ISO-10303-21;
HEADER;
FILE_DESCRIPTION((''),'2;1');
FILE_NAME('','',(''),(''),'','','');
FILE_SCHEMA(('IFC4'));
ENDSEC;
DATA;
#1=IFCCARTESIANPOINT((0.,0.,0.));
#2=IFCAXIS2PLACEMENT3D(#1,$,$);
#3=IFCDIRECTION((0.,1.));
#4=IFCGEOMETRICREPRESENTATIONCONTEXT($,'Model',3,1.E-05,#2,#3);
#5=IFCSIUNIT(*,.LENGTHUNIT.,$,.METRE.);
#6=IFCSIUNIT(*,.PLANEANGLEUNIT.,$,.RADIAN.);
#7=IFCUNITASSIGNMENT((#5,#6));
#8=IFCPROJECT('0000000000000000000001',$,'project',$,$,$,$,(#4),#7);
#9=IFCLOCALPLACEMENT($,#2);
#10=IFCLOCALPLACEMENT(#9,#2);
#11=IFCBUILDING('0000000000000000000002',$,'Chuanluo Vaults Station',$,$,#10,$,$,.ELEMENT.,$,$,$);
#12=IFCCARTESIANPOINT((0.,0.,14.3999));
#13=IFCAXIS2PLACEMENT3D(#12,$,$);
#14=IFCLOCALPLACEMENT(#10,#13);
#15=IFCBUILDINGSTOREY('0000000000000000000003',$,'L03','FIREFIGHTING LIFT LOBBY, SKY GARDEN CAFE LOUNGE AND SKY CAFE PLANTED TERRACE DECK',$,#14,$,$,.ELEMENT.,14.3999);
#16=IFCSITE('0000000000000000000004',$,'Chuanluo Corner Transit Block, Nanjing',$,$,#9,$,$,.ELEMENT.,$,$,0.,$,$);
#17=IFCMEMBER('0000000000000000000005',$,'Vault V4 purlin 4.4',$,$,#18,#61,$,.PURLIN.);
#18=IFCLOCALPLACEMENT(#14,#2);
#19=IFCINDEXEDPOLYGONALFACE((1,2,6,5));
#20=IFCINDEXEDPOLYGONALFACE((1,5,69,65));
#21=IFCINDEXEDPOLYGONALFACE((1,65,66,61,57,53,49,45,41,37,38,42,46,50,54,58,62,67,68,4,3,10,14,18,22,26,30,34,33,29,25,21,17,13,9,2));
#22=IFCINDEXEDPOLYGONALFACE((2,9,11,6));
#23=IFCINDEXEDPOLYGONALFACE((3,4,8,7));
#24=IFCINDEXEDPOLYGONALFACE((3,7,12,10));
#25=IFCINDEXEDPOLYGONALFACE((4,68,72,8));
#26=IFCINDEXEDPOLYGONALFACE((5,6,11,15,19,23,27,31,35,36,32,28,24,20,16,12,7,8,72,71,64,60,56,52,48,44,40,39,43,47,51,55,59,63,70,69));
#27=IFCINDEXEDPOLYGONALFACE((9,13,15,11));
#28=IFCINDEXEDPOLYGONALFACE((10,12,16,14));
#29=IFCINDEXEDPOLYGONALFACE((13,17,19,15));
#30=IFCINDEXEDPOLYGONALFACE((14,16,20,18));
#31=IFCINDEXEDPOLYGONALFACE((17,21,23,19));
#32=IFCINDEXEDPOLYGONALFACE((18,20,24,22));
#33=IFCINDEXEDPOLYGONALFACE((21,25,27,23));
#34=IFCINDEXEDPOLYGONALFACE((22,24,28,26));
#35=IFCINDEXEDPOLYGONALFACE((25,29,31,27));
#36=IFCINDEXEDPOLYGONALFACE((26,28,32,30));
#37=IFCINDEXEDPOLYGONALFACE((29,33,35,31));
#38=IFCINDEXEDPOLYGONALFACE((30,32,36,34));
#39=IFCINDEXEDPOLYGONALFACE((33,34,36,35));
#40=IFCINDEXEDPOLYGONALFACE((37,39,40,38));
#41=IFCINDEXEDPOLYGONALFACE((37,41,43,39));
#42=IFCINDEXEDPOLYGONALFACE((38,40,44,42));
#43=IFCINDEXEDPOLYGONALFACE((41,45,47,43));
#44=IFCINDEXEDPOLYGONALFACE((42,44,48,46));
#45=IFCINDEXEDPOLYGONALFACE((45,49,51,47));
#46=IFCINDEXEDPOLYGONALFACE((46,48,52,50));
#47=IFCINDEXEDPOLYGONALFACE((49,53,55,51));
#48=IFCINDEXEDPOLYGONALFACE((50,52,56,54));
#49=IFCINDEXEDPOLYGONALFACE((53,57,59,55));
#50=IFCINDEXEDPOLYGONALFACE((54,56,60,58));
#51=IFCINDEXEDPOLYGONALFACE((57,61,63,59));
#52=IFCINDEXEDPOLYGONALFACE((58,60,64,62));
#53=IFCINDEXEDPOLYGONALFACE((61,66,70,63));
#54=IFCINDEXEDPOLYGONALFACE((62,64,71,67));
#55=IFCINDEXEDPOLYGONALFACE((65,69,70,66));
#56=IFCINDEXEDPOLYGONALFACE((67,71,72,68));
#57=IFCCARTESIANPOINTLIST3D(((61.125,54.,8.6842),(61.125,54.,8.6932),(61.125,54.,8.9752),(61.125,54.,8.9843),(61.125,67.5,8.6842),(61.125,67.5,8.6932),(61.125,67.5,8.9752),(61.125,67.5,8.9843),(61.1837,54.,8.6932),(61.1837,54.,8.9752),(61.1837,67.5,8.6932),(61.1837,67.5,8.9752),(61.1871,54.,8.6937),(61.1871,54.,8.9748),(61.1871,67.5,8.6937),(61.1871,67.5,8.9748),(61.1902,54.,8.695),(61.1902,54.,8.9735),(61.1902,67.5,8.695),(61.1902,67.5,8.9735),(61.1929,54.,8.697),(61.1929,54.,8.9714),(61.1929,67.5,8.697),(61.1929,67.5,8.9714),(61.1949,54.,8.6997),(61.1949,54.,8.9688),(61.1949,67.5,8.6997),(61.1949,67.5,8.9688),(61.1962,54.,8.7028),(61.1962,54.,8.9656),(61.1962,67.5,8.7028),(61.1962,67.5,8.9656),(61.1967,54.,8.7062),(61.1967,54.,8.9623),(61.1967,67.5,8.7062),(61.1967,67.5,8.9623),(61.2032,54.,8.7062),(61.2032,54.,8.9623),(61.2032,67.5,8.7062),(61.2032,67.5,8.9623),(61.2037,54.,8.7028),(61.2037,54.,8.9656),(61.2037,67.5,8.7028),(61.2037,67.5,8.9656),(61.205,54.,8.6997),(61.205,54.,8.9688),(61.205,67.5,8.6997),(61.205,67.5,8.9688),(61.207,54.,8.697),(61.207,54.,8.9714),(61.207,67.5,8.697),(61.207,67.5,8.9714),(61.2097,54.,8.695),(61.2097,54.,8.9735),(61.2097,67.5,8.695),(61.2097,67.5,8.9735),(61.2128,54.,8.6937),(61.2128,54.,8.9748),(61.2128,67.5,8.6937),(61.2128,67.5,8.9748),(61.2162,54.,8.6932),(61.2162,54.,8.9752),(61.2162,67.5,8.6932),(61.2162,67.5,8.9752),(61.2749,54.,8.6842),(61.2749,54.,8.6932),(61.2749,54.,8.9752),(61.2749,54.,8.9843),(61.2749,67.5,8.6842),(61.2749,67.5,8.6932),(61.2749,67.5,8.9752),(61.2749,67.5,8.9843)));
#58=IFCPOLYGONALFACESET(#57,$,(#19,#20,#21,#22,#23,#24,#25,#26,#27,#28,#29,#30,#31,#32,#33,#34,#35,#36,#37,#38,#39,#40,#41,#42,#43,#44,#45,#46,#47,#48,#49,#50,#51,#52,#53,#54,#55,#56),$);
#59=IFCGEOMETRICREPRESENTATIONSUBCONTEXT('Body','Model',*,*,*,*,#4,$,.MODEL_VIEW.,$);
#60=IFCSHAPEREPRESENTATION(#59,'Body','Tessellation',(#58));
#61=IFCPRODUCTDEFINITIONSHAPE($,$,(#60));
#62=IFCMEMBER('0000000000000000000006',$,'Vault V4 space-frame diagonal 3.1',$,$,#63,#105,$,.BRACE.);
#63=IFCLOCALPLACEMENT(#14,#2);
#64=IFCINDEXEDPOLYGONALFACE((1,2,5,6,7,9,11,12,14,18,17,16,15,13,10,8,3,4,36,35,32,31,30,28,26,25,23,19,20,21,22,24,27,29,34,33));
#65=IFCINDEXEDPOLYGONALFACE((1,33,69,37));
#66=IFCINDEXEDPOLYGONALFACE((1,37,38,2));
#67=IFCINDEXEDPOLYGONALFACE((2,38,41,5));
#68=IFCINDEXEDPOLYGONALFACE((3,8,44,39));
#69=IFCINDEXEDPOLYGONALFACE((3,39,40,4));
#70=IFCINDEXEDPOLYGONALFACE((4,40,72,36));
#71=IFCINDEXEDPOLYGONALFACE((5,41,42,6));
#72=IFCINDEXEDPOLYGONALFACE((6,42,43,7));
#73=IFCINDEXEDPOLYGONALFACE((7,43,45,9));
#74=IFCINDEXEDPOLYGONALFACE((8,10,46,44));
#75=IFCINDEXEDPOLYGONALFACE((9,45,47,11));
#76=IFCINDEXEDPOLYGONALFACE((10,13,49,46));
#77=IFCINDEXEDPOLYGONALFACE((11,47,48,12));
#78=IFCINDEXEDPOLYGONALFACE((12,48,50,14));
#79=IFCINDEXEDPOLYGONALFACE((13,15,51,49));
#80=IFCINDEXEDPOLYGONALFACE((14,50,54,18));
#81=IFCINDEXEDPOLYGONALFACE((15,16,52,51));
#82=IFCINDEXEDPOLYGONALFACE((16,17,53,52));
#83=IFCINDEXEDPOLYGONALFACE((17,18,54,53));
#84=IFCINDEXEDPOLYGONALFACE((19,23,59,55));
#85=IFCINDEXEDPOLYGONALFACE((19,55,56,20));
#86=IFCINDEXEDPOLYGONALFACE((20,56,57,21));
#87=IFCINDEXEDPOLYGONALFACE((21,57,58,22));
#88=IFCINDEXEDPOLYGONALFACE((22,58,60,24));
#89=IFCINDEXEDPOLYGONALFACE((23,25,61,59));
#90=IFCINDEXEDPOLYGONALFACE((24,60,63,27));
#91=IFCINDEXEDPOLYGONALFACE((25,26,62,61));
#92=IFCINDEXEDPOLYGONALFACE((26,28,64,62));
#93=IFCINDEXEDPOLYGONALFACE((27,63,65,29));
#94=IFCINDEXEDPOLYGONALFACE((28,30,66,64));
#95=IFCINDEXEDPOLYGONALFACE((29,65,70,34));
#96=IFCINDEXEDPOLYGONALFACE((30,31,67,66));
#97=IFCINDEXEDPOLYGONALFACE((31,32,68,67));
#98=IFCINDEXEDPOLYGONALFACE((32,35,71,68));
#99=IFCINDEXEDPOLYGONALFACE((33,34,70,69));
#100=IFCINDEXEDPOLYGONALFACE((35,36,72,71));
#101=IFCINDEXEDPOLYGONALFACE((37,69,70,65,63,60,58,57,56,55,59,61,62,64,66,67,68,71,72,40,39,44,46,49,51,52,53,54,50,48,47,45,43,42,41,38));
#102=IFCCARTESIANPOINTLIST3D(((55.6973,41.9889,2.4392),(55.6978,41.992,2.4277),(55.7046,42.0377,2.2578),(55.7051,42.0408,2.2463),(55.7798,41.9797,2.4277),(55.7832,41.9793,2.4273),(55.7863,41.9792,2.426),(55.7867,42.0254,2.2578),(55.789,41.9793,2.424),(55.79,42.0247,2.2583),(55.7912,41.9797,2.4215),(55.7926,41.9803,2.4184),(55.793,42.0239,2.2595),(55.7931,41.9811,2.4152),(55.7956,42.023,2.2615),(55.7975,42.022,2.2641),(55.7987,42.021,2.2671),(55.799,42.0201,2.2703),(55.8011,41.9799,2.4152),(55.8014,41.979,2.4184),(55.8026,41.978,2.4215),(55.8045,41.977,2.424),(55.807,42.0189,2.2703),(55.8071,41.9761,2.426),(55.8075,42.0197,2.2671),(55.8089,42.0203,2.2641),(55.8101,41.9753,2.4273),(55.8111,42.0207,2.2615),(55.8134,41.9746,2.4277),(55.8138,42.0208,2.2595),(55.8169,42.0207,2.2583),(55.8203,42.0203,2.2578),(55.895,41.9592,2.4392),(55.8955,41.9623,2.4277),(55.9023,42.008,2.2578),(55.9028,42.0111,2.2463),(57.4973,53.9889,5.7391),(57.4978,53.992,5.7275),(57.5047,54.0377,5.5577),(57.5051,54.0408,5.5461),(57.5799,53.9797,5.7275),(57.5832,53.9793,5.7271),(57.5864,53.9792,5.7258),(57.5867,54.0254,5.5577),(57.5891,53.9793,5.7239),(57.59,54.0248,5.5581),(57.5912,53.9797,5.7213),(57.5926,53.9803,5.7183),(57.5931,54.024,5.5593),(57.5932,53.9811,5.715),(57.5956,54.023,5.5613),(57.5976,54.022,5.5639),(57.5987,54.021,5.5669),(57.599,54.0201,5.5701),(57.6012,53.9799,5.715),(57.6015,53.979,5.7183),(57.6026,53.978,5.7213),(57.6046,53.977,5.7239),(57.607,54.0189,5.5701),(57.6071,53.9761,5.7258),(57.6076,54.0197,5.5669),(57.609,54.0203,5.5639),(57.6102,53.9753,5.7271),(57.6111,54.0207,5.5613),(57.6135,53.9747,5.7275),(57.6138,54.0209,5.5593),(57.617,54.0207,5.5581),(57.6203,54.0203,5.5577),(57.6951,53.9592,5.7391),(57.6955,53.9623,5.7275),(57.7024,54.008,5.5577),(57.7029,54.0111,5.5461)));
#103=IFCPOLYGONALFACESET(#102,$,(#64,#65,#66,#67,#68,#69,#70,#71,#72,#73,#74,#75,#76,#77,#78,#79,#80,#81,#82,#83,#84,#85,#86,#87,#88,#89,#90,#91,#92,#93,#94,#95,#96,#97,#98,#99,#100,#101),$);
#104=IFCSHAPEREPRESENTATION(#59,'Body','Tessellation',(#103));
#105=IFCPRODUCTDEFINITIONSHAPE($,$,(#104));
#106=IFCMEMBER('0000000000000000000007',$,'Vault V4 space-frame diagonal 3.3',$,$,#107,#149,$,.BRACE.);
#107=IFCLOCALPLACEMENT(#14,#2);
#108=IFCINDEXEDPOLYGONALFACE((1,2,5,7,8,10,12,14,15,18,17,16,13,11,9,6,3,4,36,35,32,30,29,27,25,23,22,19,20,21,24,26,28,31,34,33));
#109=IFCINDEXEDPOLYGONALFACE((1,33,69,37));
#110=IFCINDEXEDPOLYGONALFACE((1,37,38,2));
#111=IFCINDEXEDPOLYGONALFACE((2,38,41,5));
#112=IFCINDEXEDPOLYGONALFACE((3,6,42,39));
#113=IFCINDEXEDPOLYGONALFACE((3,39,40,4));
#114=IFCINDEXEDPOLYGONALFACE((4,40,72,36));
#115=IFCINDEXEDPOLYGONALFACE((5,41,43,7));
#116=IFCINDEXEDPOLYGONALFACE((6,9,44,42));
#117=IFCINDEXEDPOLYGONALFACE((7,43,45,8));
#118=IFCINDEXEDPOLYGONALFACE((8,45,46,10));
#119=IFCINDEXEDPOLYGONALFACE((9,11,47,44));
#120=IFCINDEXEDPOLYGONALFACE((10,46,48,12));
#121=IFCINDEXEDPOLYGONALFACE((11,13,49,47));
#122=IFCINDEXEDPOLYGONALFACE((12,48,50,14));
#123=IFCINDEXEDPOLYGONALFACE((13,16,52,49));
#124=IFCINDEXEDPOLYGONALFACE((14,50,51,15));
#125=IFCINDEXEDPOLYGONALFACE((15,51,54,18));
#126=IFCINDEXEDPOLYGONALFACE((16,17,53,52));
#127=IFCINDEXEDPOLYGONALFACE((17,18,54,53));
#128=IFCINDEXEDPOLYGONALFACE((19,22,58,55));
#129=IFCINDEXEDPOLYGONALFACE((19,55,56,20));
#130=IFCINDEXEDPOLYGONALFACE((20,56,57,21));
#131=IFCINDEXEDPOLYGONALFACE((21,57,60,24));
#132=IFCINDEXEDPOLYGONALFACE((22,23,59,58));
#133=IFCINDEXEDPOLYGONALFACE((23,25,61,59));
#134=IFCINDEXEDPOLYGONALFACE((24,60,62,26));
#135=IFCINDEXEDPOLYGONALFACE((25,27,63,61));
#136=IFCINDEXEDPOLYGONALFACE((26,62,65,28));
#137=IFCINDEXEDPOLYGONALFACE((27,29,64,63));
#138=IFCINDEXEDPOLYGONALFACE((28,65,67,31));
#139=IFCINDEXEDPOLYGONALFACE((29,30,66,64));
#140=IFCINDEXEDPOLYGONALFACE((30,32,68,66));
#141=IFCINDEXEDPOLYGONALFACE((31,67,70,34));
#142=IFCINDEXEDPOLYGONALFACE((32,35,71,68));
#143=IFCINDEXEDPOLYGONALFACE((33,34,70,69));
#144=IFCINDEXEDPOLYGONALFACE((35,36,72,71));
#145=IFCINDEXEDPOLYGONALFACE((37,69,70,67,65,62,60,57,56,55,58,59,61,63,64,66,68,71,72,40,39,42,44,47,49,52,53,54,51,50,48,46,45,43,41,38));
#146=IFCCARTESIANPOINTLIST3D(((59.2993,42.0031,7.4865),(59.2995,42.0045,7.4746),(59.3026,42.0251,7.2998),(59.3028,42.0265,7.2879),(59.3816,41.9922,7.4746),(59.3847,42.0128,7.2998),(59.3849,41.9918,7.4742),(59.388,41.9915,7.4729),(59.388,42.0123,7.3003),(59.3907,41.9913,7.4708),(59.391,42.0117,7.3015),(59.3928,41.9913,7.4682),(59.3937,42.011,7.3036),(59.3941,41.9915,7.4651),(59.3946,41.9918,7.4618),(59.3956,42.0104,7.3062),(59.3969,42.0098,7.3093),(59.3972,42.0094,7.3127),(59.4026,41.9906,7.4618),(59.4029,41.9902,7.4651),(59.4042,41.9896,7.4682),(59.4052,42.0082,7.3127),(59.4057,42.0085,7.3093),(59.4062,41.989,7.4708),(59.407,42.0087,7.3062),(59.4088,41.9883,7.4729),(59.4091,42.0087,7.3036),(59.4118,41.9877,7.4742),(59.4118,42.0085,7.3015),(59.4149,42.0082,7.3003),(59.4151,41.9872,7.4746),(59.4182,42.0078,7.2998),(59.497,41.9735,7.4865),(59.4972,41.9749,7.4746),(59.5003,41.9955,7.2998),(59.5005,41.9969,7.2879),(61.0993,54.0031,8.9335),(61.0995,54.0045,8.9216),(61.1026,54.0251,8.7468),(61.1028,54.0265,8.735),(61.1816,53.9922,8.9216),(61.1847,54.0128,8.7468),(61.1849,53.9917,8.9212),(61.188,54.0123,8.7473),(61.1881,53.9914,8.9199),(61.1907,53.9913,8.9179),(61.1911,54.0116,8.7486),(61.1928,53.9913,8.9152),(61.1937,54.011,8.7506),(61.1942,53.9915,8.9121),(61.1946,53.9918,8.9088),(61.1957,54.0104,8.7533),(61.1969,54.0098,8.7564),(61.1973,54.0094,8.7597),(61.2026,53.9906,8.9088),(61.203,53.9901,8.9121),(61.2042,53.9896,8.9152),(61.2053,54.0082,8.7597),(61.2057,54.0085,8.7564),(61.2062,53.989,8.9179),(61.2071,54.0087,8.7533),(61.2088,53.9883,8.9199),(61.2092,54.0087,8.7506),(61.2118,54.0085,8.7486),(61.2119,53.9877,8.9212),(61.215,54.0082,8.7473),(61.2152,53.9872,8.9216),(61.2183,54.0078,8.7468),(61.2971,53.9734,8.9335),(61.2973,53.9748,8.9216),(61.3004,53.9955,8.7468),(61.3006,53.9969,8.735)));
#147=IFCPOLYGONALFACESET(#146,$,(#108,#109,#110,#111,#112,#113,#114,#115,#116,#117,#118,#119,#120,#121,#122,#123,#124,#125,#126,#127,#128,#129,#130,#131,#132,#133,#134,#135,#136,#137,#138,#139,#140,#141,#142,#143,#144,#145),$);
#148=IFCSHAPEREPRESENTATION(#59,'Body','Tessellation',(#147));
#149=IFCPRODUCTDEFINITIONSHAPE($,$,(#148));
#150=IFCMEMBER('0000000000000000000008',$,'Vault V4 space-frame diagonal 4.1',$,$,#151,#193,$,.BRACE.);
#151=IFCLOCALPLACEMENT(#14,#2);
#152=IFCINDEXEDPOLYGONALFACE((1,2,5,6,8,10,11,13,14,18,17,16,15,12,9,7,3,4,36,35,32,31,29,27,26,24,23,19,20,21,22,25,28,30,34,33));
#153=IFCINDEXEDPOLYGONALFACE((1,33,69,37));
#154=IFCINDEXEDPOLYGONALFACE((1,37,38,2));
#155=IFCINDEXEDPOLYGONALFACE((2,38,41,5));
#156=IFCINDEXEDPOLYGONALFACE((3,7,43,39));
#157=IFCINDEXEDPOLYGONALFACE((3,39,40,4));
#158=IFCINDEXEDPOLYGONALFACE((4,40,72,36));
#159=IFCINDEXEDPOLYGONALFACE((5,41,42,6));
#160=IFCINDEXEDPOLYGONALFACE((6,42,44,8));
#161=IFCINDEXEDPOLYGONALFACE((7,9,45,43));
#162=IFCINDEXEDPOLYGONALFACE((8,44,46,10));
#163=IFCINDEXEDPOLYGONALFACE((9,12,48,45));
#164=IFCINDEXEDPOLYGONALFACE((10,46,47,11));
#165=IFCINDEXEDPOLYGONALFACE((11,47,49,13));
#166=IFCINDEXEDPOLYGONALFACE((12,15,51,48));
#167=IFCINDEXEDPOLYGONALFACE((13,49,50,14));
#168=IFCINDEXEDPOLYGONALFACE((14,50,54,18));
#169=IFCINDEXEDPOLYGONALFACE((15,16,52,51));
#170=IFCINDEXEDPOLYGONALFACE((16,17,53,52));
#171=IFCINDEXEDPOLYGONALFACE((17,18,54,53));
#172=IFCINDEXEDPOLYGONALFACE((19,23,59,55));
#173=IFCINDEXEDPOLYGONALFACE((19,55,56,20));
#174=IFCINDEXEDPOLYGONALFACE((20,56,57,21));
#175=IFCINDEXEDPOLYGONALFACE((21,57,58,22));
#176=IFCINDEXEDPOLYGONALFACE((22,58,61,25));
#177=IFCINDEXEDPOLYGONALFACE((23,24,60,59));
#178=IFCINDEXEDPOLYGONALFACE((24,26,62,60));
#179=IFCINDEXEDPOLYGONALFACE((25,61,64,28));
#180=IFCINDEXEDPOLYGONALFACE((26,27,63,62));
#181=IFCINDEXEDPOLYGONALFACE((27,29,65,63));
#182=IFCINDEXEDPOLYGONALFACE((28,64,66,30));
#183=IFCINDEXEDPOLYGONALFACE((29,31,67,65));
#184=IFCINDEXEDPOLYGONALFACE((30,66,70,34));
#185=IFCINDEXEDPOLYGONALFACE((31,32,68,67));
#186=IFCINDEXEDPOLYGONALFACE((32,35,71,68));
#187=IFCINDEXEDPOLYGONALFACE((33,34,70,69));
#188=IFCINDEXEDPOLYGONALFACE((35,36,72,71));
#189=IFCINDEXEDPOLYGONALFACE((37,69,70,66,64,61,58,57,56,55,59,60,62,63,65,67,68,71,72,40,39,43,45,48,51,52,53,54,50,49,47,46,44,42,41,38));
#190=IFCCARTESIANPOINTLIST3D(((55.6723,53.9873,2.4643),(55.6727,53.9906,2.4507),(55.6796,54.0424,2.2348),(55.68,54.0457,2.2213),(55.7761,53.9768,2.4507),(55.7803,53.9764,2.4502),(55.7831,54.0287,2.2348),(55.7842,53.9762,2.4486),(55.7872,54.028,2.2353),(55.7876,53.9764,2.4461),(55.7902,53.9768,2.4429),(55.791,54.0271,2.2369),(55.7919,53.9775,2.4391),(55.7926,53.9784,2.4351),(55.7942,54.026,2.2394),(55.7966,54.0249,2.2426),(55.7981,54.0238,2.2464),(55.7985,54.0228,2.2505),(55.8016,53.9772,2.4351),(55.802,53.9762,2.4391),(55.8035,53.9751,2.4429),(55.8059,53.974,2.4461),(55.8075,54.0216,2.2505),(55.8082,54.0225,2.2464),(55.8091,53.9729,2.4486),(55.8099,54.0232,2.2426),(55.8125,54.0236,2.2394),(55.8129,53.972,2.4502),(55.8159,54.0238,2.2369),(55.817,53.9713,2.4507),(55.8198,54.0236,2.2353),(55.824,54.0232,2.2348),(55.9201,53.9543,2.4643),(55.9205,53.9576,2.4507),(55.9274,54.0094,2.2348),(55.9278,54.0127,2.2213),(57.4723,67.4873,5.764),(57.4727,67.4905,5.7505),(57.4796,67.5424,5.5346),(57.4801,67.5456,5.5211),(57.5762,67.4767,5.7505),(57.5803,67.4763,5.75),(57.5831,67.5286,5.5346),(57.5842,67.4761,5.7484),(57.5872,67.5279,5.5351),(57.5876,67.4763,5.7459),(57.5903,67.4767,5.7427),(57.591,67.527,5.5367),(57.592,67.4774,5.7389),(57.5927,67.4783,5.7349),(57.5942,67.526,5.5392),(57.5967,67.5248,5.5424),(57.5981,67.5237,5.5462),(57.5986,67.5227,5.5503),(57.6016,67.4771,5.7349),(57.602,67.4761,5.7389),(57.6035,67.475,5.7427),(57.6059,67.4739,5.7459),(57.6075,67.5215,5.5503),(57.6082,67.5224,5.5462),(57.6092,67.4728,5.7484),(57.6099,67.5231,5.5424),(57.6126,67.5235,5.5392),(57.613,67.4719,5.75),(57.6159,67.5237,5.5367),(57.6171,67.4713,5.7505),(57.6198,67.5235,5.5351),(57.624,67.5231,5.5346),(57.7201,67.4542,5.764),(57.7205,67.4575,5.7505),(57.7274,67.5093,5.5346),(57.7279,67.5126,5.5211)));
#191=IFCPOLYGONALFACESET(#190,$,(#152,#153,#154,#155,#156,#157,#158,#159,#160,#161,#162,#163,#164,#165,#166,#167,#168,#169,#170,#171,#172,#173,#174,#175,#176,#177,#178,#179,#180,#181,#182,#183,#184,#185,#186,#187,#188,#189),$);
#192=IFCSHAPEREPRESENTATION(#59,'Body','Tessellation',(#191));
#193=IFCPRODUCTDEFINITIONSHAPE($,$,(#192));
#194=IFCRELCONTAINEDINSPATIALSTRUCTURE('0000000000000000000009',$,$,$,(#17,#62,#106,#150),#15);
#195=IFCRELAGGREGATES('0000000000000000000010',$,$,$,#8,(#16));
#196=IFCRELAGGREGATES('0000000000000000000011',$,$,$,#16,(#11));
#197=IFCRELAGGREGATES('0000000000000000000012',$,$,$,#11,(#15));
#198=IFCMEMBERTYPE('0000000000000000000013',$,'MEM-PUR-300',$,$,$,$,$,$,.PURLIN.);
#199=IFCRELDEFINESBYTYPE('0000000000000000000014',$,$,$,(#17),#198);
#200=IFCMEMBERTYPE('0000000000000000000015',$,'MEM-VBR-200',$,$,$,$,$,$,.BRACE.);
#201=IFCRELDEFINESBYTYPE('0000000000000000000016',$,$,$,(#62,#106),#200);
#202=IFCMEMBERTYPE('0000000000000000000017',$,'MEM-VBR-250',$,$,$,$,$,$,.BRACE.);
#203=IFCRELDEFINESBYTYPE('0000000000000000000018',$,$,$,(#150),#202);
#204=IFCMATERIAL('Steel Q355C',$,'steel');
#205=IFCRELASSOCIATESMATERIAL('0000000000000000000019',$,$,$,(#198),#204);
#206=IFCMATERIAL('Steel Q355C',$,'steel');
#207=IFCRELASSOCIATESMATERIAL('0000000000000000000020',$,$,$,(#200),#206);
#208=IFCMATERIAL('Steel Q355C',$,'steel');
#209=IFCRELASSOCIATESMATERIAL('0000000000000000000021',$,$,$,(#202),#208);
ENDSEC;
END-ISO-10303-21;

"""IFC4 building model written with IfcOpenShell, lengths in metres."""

from ifc_helpers import new_model, si_unit, direction, frame, origin, origin_2d, place, context, subcontext, project, spatial, i_section, extrude, material, material_profile, profile_set, type_object, element, save


model = new_model("IFC4")

# Units and contexts
model_context = context("Model", 3, precision=1e-05, world=origin(), true_north=direction((0.0, 1.0)))
body_context = subcontext(model_context, "Body", "Model", "MODEL_VIEW")
ifc_project = project(units=[si_unit("LENGTHUNIT", "METRE"), si_unit("PLANEANGLEUNIT", "RADIAN")], contexts=[model_context])

# Site, building, storey
site_placement = place(None, origin())
site = spatial("IfcSite", under=ifc_project, at=site_placement, Name="Chuanluo Corner Transit Block, Nanjing", CompositionType="ELEMENT", RefElevation=0.0)
building_placement = place(site_placement, origin())
building = spatial("IfcBuilding", under=site, at=building_placement, Name="Chuanluo Vaults Station", CompositionType="ELEMENT")
storey_placement = place(building_placement, frame((0.0, 0.0, 14.3999)))
storey = spatial("IfcBuildingStorey", under=building, at=storey_placement, Name="L03", Description="FIREFIGHTING LIFT LOBBY, SKY GARDEN CAFE LOUNGE AND SKY CAFE PLANTED TERRACE DECK", CompositionType="ELEMENT", Elevation=14.3999)

# Members
ifc_material_1 = material(Name="Steel Q355C", Category="steel")
ifc_material_profile_1 = material_profile(ifc_material_1, i_section(OverallWidth=0.1499, OverallDepth=0.3, WebThickness=0.0066, FlangeThickness=0.009, FilletRadius=0.0129, at=origin_2d()))
ifc_profile_set_1 = profile_set([ifc_material_profile_1], Name="Steel Q355C")
member_type_1 = type_object("IfcMemberType", Name="MEM-PUR-300", PredefinedType="PURLIN", material=ifc_profile_set_1)
member_1_placement = place(storey_placement, frame((61.2, 54.0, 8.8342), z_axis=(0.0, 1.0, 0.0), x_axis=(-1.0, 0.0, 0.0)))
element("IfcMember", 1, at=member_1_placement, inside=storey, type_object=member_type_1, Name="Vault V4 purlin 4.4", PredefinedType="PURLIN", context=body_context, shape_type="SweptSolid", body=[
    extrude(i_section(OverallWidth=0.1499, OverallDepth=0.3, WebThickness=0.0066, FlangeThickness=0.009, FilletRadius=0.0129, at=origin_2d()), origin(), (0.0, 0.0, 1.0), 13.5),
])
ifc_material_2 = material(Name="Steel Q355C", Category="steel")
ifc_material_profile_2 = material_profile(ifc_material_2, i_section(OverallWidth=0.2, OverallDepth=0.2, WebThickness=0.0081, FlangeThickness=0.012, FilletRadius=0.0129, at=origin_2d()))
ifc_profile_set_2 = profile_set([ifc_material_profile_2], Name="Steel Q355C")
member_type_2 = type_object("IfcMemberType", Name="MEM-VBR-200", PredefinedType="BRACE", material=ifc_profile_set_2)
member_2_placement = place(storey_placement, frame((55.8, 42.0, 2.3428), z_axis=(0.143146, 0.95428, 0.262411), x_axis=(-0.988936, 0.148344, 0.0)))
element("IfcMember", 2, at=member_2_placement, inside=storey, type_object=member_type_2, Name="Vault V4 space-frame diagonal 3.1", PredefinedType="BRACE", context=body_context, shape_type="SweptSolid", body=[
    extrude(i_section(OverallWidth=0.2, OverallDepth=0.2, WebThickness=0.0081, FlangeThickness=0.012, FilletRadius=0.0129, at=origin_2d()), origin(), (0.0, 0.0, 1.0), 12.575),
])
member_3_placement = place(storey_placement, frame((59.3999, 42.0, 7.3872), z_axis=(0.147301, 0.981978, 0.118412), x_axis=(-0.988936, 0.148344, 0.0)))
element("IfcMember", 3, at=member_3_placement, inside=storey, type_object=member_type_2, Name="Vault V4 space-frame diagonal 3.3", PredefinedType="BRACE", context=body_context, shape_type="SweptSolid", body=[
    extrude(i_section(OverallWidth=0.2, OverallDepth=0.2, WebThickness=0.0081, FlangeThickness=0.012, FilletRadius=0.0129, at=origin_2d()), origin(), (0.0, 0.0, 1.0), 12.2202),
])
ifc_material_3 = material(Name="Steel Q355C", Category="steel")
ifc_material_profile_3 = material_profile(ifc_material_3, i_section(OverallWidth=0.25, OverallDepth=0.25, WebThickness=0.009, FlangeThickness=0.0139, FilletRadius=0.0161, at=origin_2d()))
ifc_profile_set_3 = profile_set([ifc_material_profile_3], Name="Steel Q355C")
member_type_3 = type_object("IfcMemberType", Name="MEM-VBR-250", PredefinedType="BRACE", material=ifc_profile_set_3)
member_4_placement = place(storey_placement, frame((55.8, 54.0, 2.3428), z_axis=(0.128451, 0.963355, 0.235473), x_axis=(-0.991227, 0.132167, 0.0)))
element("IfcMember", 4, at=member_4_placement, inside=storey, type_object=member_type_3, Name="Vault V4 space-frame diagonal 4.1", PredefinedType="BRACE", context=body_context, shape_type="SweptSolid", body=[
    extrude(i_section(OverallWidth=0.25, OverallDepth=0.25, WebThickness=0.009, FlangeThickness=0.0139, FilletRadius=0.0161, at=origin_2d()), origin(), (0.0, 0.0, 1.0), 14.0134),
])

save(model, "model.ifc")
